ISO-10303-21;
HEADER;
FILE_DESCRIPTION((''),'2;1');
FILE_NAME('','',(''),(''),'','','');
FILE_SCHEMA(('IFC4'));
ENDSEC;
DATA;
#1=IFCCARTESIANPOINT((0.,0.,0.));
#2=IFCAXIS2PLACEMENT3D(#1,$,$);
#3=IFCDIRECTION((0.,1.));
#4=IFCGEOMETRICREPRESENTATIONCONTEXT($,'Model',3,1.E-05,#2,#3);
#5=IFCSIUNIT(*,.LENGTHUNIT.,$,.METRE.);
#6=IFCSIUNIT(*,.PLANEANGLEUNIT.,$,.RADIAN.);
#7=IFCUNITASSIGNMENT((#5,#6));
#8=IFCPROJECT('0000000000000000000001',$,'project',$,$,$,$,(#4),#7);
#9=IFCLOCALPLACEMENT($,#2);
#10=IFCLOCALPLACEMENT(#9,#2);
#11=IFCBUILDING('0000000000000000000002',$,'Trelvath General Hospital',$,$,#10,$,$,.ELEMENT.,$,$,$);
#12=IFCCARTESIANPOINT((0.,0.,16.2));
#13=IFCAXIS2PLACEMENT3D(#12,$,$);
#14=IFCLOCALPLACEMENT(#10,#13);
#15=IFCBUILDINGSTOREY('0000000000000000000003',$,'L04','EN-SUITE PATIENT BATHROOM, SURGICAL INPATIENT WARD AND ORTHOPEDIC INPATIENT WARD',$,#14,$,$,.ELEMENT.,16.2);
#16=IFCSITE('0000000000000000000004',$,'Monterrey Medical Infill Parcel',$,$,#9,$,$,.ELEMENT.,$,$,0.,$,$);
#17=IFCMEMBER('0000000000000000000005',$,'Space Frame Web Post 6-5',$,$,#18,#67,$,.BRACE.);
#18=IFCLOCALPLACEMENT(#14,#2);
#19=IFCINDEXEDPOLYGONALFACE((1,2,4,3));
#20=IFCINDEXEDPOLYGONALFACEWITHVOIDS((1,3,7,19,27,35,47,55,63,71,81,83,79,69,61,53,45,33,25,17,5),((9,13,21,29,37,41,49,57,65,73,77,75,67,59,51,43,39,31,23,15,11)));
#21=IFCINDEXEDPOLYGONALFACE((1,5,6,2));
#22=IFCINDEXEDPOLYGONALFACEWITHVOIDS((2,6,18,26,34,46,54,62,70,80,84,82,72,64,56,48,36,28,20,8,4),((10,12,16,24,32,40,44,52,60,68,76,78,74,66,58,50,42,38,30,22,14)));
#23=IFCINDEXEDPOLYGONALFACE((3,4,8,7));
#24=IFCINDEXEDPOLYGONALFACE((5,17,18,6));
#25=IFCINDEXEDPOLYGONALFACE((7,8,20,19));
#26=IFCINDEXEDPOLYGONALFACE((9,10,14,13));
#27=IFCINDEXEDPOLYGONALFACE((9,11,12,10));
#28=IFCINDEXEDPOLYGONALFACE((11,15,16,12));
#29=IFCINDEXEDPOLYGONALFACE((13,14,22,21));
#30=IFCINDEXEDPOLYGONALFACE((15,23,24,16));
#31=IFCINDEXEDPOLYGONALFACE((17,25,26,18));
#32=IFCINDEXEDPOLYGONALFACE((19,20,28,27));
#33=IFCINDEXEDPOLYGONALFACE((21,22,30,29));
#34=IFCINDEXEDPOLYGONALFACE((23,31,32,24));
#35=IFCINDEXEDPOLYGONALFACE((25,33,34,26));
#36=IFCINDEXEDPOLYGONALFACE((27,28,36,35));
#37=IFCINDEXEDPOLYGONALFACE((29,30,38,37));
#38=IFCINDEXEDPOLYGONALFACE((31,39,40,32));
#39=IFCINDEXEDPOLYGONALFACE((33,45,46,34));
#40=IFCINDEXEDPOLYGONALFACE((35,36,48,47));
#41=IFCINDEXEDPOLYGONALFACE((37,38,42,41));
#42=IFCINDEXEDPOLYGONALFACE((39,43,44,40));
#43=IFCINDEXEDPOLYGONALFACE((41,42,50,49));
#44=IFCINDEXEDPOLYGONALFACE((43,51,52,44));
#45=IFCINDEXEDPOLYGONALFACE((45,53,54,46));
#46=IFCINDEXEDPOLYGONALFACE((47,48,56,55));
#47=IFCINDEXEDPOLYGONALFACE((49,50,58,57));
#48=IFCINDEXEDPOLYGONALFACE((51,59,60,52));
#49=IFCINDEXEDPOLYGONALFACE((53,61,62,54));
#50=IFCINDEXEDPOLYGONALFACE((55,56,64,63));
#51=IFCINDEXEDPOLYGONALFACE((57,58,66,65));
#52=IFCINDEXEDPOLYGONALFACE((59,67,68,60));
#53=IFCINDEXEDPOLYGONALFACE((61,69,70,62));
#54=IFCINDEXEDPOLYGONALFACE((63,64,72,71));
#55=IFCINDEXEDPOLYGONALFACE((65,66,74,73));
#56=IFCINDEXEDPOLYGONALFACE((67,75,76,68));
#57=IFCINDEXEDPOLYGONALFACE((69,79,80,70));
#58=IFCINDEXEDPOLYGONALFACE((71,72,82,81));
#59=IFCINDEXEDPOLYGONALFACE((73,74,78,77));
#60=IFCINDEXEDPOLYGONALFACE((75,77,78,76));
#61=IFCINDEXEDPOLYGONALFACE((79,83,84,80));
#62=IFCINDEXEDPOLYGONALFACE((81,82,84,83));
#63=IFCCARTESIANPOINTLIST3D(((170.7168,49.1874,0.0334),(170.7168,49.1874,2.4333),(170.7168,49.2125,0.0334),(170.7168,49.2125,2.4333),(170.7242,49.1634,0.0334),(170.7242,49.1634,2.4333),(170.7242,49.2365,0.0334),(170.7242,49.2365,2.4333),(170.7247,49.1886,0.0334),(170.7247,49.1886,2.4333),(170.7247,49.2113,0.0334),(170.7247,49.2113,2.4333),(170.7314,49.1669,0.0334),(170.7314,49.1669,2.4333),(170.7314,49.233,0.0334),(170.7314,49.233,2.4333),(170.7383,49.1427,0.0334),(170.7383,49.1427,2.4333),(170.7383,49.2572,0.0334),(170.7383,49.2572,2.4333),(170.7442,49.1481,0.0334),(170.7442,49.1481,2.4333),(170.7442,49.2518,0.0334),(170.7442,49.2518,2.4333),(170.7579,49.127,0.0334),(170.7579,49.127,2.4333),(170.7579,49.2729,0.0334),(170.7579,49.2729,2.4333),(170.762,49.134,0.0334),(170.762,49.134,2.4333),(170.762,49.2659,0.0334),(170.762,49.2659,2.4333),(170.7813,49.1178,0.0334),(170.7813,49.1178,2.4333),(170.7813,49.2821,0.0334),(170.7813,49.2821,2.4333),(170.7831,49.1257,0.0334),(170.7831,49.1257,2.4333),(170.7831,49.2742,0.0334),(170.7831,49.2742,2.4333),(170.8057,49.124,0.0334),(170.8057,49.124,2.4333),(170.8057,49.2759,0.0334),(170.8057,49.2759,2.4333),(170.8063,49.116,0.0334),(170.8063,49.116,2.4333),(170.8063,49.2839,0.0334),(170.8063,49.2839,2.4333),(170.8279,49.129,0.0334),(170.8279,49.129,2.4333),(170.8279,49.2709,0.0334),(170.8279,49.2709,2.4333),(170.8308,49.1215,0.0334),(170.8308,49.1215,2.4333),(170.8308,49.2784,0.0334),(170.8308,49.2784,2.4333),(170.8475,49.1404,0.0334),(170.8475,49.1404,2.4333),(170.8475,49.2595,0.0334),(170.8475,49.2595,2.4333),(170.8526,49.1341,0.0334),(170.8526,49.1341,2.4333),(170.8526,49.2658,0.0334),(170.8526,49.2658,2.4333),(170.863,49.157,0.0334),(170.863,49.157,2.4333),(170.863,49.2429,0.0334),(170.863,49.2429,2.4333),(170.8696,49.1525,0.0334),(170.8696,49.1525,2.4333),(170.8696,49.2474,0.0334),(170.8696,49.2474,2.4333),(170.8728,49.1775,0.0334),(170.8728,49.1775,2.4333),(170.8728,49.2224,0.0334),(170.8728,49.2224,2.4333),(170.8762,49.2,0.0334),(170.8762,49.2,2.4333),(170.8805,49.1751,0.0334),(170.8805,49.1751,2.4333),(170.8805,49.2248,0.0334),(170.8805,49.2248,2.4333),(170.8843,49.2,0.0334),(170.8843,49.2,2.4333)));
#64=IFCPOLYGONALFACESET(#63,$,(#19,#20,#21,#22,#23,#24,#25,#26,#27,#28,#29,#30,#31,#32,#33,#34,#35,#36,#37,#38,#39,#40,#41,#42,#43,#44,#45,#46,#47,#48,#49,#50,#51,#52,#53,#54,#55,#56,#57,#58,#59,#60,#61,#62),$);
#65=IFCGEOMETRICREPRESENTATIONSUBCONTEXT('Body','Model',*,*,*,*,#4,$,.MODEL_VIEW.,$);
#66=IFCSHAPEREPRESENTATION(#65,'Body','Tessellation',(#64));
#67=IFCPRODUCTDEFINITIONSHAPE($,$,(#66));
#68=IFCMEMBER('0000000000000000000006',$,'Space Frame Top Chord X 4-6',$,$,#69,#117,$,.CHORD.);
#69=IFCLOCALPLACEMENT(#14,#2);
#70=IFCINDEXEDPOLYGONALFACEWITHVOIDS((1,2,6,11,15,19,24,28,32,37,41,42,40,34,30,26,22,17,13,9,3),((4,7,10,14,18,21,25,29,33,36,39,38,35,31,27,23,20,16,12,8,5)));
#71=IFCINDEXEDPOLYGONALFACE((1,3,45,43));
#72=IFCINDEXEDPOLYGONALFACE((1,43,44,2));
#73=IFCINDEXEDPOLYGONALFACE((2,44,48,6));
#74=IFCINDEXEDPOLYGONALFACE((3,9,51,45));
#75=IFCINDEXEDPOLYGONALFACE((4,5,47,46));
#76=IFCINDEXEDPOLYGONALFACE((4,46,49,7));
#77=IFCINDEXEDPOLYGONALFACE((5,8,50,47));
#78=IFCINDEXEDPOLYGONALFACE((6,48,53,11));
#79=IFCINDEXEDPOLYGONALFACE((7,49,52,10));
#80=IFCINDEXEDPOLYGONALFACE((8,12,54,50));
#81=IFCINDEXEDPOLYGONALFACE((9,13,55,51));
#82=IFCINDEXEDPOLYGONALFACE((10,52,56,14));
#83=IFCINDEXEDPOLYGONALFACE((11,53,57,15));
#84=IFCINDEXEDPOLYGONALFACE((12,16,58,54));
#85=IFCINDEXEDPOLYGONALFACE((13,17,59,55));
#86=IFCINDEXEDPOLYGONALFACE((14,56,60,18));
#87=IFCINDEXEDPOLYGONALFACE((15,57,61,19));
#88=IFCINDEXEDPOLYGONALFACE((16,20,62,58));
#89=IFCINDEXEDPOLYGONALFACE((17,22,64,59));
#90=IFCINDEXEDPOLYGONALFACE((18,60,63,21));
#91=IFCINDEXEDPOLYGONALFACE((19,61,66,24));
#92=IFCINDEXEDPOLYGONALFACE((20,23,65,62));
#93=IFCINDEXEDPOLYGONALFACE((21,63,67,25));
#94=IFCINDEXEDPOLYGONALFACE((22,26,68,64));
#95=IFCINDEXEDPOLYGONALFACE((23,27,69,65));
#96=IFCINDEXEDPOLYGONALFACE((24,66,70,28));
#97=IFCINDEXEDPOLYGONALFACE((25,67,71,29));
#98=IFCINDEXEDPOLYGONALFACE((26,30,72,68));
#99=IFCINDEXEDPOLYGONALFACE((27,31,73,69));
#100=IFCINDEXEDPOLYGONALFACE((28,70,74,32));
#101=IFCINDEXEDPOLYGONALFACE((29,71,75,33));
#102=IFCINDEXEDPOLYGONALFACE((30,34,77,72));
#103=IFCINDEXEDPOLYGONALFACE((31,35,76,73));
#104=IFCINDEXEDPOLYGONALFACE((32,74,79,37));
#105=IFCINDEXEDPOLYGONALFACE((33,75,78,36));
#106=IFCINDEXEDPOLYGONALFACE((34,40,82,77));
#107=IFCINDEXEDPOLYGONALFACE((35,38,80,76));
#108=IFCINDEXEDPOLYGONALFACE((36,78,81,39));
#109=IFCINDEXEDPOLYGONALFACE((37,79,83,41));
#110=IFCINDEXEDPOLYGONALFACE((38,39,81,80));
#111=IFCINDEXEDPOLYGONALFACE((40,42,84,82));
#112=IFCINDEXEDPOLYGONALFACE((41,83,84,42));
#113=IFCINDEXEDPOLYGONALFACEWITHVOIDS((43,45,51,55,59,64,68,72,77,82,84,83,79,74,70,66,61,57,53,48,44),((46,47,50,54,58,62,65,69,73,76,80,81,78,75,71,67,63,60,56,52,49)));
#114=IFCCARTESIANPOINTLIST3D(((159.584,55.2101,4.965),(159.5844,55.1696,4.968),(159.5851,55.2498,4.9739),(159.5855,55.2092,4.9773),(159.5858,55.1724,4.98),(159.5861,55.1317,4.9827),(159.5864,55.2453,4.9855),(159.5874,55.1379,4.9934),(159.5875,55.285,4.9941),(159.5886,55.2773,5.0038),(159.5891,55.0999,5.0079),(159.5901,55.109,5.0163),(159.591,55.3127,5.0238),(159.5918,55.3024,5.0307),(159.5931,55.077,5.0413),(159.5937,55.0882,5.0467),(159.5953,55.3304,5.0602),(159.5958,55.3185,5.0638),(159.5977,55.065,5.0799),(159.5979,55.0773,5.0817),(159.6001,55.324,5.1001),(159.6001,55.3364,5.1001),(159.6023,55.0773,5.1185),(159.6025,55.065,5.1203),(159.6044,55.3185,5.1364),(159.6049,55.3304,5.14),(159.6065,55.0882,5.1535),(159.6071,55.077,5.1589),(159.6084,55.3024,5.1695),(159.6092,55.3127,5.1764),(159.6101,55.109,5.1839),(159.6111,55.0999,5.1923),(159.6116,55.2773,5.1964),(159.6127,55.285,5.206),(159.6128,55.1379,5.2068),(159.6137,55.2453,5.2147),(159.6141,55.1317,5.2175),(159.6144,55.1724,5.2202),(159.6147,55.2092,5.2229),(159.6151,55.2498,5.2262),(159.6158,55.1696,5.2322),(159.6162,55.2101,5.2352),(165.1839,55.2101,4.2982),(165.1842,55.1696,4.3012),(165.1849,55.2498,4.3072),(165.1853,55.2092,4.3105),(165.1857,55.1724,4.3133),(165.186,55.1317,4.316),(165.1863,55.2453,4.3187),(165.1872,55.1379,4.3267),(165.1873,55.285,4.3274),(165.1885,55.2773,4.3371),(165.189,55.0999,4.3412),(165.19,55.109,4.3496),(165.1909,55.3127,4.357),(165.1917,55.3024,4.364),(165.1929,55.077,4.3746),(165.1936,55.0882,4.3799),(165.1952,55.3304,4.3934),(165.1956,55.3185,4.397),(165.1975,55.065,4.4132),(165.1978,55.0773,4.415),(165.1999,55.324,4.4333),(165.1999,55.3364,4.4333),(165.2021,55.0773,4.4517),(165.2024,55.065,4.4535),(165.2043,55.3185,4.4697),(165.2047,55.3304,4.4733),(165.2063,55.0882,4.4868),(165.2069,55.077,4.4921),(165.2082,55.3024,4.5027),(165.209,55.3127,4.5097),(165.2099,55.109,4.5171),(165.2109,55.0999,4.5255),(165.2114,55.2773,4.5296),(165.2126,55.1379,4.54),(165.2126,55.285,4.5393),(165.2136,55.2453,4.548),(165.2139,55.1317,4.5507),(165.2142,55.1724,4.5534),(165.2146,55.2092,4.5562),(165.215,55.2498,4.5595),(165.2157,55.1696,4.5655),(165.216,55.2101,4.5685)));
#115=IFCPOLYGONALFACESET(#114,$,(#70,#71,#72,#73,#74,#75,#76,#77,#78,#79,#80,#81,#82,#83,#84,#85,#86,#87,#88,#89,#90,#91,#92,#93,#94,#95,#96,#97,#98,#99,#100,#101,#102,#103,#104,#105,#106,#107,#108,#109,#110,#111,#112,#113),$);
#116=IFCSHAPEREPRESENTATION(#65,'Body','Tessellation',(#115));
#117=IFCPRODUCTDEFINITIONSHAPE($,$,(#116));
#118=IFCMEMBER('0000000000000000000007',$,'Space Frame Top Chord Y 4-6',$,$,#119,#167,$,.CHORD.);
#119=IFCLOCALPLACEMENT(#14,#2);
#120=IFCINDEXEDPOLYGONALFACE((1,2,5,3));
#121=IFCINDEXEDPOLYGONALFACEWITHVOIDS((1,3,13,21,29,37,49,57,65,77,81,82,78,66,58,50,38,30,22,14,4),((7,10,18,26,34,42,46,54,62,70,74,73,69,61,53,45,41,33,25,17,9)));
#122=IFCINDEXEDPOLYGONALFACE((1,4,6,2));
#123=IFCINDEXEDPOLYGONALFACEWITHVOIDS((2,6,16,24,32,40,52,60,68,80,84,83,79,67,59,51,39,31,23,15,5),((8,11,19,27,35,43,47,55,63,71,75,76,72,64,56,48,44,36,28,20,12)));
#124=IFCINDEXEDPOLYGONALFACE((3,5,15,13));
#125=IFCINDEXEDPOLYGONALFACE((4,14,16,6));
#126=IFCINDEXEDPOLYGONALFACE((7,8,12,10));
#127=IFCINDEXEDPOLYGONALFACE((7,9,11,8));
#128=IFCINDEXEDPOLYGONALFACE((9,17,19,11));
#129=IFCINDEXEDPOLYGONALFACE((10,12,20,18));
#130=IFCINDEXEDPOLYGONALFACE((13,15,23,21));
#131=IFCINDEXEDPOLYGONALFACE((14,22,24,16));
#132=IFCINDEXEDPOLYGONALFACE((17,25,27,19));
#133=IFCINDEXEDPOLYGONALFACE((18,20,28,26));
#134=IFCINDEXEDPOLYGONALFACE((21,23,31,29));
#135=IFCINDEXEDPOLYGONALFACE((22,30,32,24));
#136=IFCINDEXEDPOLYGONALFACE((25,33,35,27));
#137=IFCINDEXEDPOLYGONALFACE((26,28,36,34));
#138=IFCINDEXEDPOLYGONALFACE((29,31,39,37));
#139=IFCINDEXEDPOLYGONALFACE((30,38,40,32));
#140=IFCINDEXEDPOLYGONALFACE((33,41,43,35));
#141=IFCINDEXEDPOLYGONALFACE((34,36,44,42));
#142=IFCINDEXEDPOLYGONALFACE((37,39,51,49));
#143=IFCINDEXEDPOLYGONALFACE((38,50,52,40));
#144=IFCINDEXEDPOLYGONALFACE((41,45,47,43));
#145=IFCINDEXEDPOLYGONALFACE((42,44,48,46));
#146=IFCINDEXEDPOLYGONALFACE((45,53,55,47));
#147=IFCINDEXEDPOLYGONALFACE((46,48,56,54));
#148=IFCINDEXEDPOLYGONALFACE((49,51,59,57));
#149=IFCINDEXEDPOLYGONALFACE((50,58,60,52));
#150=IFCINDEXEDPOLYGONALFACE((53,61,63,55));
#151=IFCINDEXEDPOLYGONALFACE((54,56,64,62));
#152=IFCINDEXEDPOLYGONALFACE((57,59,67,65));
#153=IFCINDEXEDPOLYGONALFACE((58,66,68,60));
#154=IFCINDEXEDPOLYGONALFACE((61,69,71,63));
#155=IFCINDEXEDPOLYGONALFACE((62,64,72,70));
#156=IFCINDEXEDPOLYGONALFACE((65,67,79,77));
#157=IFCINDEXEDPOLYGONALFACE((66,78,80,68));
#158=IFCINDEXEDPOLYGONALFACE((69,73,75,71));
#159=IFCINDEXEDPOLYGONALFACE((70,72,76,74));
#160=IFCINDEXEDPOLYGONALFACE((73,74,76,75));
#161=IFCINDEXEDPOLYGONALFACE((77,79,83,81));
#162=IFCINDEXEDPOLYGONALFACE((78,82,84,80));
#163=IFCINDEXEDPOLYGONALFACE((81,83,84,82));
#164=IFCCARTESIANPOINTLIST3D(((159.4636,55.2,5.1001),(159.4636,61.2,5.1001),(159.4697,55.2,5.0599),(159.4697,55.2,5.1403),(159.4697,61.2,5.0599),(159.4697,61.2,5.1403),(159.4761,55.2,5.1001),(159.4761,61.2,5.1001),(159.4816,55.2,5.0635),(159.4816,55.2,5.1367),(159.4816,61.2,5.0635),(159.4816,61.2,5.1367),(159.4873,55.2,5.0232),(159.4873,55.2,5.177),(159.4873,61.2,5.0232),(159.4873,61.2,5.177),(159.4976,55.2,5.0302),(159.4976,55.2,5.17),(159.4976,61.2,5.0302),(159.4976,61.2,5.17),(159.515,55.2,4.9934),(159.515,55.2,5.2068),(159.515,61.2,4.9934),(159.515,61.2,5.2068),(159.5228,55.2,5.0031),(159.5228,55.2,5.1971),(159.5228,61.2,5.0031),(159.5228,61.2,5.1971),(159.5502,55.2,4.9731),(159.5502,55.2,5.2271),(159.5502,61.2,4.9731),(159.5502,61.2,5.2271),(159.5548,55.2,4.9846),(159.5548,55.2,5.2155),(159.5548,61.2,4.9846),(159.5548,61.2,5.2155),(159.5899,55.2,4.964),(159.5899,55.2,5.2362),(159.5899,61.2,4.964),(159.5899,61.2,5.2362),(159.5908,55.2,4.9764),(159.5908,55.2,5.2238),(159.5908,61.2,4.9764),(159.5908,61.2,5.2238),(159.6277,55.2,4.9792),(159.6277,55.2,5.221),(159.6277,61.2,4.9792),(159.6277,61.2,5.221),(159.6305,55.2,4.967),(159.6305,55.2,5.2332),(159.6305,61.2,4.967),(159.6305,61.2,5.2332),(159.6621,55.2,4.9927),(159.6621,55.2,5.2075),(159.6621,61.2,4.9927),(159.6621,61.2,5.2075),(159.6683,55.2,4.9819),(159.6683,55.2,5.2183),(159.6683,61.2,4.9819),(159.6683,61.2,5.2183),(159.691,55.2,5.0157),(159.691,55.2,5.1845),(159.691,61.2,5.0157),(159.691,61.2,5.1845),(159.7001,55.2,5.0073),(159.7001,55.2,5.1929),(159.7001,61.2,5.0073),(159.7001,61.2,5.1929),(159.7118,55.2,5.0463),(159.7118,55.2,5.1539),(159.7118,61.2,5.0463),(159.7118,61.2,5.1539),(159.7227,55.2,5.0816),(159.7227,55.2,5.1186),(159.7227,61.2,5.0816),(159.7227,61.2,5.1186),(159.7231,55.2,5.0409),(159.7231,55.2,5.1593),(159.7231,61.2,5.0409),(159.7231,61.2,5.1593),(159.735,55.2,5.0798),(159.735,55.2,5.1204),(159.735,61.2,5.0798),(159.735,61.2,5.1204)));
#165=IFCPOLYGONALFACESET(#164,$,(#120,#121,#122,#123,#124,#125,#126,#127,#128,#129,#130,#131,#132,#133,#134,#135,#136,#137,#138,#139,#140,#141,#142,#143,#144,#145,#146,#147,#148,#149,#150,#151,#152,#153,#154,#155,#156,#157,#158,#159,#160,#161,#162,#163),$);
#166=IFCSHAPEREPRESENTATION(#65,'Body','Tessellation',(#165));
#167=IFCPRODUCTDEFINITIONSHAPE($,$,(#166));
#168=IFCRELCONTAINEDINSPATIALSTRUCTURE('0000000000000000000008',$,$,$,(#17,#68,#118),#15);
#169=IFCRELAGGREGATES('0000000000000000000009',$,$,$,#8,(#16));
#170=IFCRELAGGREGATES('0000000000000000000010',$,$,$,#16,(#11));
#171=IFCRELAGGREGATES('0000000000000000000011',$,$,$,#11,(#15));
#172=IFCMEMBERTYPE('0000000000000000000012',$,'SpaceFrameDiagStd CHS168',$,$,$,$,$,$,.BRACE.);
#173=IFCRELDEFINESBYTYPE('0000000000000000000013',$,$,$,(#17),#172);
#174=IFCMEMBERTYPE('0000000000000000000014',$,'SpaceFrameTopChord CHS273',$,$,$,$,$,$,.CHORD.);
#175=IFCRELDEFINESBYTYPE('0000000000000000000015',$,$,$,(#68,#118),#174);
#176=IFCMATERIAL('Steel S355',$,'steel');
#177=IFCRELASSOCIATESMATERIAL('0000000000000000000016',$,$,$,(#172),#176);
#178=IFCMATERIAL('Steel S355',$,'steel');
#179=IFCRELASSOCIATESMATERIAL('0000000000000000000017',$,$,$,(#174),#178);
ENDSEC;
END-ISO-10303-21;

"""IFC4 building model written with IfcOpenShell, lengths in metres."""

from ifc_helpers import new_model, si_unit, direction, frame, origin, origin_2d, place, context, subcontext, project, spatial, hollow_circle, extrude, material, material_profile, profile_set, type_object, element, save


model = new_model("IFC4")

# Units and contexts
model_context = context("Model", 3, precision=1e-05, world=origin(), true_north=direction((0.0, 1.0)))
body_context = subcontext(model_context, "Body", "Model", "MODEL_VIEW")
ifc_project = project(units=[si_unit("LENGTHUNIT", "METRE"), si_unit("PLANEANGLEUNIT", "RADIAN")], contexts=[model_context])

# Site, building, storey
site_placement = place(None, origin())
site = spatial("IfcSite", under=ifc_project, at=site_placement, Name="Monterrey Medical Infill Parcel", CompositionType="ELEMENT", RefElevation=0.0)
building_placement = place(site_placement, origin())
building = spatial("IfcBuilding", under=site, at=building_placement, Name="Trelvath General Hospital", CompositionType="ELEMENT")
storey_placement = place(building_placement, frame((0.0, 0.0, 16.2)))
storey = spatial("IfcBuildingStorey", under=building, at=storey_placement, Name="L04", Description="EN-SUITE PATIENT BATHROOM, SURGICAL INPATIENT WARD AND ORTHOPEDIC INPATIENT WARD", CompositionType="ELEMENT", Elevation=16.2)

# Members
ifc_material_1 = material(Name="Steel S355", Category="steel")
ifc_material_profile_1 = material_profile(ifc_material_1, hollow_circle(Radius=0.0842, WallThickness=0.0081, at=origin_2d()), Name="CHS168.3x8.0")
ifc_profile_set_1 = profile_set([ifc_material_profile_1], Name="Steel S355")
member_type_1 = type_object("IfcMemberType", Name="SpaceFrameDiagStd CHS168", PredefinedType="BRACE", material=ifc_profile_set_1)
member_1_placement = place(storey_placement, frame((170.8, 49.2, 0.0334), z_axis=(0.0, 0.0, 1.0), x_axis=(1.0, 0.0, 0.0)))
element("IfcMember", 1, at=member_1_placement, inside=storey, type_object=member_type_1, Name="Space Frame Web Post 6-5", PredefinedType="BRACE", context=body_context, shape_type="SweptSolid", body=[
    extrude(hollow_circle(Radius=0.0842, WallThickness=0.0081, at=origin_2d()), origin(), (0.0, 0.0, 1.0), 2.3999),
])
ifc_material_2 = material(Name="Steel S355", Category="steel")
ifc_material_profile_2 = material_profile(ifc_material_2, hollow_circle(Radius=0.1365, WallThickness=0.0125, at=origin_2d()), Name="CHS273.0x12.5")
ifc_profile_set_2 = profile_set([ifc_material_profile_2], Name="Steel S355")
member_type_2 = type_object("IfcMemberType", Name="SpaceFrameTopChord CHS273", PredefinedType="CHORD", material=ifc_profile_set_2)
member_2_placement = place(storey_placement, frame((159.6001, 55.2, 5.1001), z_axis=(0.992986, 0.0, -0.11823), x_axis=(0.0, 1.0, 0.0)))
element("IfcMember", 2, at=member_2_placement, inside=storey, type_object=member_type_2, Name="Space Frame Top Chord X 4-6", PredefinedType="CHORD", context=body_context, shape_type="SweptSolid", body=[
    extrude(hollow_circle(Radius=0.1365, WallThickness=0.0125, at=origin_2d()), origin(), (0.0, 0.0, 1.0), 5.6394),
])
member_3_placement = place(storey_placement, frame((159.6001, 55.2, 5.1001), z_axis=(0.0, 1.0, 0.0), x_axis=(-1.0, 0.0, 0.0)))
element("IfcMember", 3, at=member_3_placement, inside=storey, type_object=member_type_2, Name="Space Frame Top Chord Y 4-6", PredefinedType="CHORD", context=body_context, shape_type="SweptSolid", body=[
    extrude(hollow_circle(Radius=0.1365, WallThickness=0.0125, at=origin_2d()), origin(), (0.0, 0.0, 1.0), 6.0),
])

save(model, "model.ifc")
